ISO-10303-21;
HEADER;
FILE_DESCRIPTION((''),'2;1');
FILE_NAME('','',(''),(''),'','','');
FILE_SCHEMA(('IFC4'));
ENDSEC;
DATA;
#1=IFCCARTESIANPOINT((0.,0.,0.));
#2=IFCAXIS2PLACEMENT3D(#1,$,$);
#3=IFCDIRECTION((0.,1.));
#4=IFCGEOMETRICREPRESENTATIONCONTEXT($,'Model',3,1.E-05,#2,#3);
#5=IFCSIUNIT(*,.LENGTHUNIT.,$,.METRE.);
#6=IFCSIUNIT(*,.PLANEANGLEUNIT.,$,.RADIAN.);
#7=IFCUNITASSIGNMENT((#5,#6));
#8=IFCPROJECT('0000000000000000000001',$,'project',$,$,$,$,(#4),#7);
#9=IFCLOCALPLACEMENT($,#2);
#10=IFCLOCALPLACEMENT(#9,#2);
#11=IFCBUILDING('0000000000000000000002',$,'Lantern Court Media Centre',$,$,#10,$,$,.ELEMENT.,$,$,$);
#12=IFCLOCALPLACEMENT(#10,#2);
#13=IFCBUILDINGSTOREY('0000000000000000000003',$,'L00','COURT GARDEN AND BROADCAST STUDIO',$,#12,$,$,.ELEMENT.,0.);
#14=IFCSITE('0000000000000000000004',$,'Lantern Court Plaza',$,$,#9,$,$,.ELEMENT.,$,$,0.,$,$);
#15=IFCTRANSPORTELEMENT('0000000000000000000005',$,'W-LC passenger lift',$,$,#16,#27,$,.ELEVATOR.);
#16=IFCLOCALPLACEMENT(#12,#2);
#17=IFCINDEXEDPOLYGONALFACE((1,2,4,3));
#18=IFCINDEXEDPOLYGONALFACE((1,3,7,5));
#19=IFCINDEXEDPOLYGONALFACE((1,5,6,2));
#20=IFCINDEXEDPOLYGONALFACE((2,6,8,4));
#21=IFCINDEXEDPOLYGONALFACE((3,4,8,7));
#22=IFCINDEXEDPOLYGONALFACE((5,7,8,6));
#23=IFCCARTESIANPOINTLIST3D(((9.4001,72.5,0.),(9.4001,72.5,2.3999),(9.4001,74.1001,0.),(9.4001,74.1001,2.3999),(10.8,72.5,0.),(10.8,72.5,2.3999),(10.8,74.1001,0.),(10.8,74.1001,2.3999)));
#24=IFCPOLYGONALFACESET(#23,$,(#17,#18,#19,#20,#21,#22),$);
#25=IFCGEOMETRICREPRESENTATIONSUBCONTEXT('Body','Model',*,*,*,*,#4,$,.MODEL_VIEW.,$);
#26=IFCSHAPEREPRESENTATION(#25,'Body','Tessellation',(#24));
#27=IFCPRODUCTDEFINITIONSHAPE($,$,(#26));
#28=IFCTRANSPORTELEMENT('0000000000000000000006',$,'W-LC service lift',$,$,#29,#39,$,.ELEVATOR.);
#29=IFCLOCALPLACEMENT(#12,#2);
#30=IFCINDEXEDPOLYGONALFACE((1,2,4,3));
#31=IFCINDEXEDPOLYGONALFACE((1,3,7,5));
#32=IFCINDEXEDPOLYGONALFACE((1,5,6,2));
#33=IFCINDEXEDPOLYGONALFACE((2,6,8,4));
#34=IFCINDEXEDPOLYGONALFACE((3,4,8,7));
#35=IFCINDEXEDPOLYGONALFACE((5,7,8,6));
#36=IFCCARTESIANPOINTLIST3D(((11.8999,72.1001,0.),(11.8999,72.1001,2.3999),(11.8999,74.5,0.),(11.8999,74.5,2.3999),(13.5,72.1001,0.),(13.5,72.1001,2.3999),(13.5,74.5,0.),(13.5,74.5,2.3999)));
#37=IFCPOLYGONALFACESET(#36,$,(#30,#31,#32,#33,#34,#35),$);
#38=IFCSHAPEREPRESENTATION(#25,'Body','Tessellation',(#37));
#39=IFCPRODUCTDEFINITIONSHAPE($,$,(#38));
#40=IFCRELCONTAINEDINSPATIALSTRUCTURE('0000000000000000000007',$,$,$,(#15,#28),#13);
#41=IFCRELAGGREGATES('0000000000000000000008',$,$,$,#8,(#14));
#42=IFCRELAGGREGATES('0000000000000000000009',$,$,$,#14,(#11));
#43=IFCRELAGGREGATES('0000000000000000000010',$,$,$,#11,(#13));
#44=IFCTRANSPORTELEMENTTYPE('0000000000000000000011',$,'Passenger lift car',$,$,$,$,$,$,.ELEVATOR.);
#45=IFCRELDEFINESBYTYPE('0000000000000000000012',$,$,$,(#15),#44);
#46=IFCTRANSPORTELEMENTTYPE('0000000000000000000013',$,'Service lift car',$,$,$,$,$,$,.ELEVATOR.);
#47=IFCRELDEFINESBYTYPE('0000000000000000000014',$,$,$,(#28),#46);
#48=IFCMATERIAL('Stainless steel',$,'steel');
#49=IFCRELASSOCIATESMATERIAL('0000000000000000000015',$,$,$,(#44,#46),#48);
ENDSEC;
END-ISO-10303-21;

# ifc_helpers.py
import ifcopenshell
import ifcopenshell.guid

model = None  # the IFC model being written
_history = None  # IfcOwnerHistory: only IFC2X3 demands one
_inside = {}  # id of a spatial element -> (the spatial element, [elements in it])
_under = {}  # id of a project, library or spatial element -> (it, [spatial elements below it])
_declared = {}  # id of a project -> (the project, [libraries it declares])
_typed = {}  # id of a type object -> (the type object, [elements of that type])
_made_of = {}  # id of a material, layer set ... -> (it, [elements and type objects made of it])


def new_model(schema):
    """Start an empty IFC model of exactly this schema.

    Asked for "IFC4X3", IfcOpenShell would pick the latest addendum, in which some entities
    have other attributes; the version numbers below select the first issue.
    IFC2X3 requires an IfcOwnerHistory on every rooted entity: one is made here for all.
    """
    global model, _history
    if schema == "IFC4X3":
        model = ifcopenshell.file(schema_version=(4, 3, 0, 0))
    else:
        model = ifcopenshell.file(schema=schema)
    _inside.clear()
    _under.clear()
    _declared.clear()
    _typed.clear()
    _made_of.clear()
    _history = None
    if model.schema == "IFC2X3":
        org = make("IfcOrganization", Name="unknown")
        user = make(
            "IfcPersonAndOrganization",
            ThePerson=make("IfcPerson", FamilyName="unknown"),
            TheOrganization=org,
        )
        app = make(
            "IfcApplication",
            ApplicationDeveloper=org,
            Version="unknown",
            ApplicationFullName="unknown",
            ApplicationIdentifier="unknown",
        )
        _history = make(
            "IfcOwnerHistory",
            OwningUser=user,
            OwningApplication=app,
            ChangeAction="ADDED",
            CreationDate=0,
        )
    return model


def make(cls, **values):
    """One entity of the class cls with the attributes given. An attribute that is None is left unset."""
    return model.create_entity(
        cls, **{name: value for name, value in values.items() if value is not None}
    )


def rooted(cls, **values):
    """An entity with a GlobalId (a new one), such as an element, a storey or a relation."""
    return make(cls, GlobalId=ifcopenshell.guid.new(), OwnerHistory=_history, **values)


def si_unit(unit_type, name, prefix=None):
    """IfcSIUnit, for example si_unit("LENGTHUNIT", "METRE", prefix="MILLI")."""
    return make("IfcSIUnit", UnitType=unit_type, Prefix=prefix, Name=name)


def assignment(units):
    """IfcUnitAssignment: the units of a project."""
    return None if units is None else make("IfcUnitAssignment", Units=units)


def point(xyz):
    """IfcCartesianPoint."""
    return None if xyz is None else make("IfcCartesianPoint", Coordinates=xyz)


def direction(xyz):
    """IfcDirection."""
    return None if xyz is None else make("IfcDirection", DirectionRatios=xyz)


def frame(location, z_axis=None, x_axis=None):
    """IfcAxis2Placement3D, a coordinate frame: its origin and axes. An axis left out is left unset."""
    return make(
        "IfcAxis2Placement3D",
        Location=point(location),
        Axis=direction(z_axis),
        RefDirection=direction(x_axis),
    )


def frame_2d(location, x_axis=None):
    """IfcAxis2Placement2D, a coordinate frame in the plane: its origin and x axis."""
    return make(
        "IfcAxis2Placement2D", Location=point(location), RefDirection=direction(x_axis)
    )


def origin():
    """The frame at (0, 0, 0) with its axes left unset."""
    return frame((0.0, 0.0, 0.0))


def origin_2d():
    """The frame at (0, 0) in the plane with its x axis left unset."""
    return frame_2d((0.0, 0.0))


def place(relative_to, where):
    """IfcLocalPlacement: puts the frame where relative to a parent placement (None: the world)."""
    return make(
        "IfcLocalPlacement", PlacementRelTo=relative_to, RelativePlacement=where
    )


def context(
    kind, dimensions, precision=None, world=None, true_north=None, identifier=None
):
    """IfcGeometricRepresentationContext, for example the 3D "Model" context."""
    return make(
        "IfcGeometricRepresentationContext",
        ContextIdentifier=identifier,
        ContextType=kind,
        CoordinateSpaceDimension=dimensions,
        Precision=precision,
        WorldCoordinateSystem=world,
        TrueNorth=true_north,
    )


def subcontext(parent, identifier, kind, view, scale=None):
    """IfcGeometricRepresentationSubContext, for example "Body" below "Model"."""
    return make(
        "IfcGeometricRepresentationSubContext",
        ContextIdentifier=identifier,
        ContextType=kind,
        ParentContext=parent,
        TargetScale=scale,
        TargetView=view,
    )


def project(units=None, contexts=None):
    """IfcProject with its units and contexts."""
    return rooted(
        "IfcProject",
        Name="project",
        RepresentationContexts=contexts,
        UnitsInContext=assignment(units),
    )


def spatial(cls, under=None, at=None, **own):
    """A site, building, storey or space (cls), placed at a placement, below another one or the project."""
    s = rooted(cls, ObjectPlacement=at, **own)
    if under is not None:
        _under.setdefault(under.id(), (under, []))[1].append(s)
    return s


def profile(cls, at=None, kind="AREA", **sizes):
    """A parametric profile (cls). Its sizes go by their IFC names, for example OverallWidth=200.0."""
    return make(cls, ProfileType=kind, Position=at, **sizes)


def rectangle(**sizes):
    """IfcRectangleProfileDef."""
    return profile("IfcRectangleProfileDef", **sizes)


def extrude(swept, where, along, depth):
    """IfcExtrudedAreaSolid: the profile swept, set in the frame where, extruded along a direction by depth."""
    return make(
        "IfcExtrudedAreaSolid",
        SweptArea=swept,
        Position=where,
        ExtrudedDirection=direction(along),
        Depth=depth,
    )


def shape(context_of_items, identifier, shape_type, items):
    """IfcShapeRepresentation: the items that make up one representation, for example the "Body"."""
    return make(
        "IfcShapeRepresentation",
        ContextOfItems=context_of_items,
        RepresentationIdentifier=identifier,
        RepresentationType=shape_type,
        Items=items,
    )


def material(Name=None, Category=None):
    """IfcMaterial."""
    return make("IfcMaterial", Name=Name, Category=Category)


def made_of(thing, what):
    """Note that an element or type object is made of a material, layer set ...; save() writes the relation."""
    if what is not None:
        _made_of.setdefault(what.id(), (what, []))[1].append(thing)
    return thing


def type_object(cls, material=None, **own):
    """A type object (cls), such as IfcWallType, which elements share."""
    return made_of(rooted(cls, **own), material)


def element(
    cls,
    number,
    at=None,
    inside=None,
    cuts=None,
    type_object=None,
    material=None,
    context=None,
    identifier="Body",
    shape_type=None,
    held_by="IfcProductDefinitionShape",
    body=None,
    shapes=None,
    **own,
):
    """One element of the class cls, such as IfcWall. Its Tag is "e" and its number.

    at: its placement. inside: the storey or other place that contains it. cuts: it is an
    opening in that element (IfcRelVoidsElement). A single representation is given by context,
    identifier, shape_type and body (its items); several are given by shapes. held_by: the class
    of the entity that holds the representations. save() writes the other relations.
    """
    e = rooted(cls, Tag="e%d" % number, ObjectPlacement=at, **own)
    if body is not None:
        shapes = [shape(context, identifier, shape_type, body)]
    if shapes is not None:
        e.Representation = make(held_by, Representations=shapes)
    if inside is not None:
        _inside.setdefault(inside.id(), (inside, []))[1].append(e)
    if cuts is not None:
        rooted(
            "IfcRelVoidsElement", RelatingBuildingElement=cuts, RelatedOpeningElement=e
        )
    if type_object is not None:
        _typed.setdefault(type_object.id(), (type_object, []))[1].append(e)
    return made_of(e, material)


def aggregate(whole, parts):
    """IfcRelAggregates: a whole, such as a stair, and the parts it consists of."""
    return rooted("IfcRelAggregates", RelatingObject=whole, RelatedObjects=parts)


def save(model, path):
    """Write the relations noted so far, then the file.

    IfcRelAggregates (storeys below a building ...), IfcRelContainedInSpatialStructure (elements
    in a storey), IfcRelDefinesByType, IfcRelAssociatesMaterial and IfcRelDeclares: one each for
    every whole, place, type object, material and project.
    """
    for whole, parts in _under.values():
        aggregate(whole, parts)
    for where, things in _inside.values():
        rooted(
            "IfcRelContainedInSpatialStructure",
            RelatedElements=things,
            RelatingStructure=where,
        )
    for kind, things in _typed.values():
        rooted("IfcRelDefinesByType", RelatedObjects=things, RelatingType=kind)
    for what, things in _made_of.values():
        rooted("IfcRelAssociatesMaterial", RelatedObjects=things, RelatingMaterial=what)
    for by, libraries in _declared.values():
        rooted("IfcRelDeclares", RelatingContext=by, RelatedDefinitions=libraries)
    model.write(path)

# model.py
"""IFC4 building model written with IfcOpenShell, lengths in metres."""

from ifc_helpers import new_model, si_unit, direction, frame, origin, origin_2d, place, context, subcontext, project, spatial, rectangle, extrude, material, type_object, element, save


model = new_model("IFC4")

# Units and contexts
model_context = context("Model", 3, precision=1e-05, world=origin(), true_north=direction((0.0, 1.0)))
body_context = subcontext(model_context, "Body", "Model", "MODEL_VIEW")
ifc_project = project(units=[si_unit("LENGTHUNIT", "METRE"), si_unit("PLANEANGLEUNIT", "RADIAN")], contexts=[model_context])

# Site, building, storey
site_placement = place(None, origin())
site = spatial("IfcSite", under=ifc_project, at=site_placement, Name="Lantern Court Plaza", CompositionType="ELEMENT", RefElevation=0.0)
building_placement = place(site_placement, origin())
building = spatial("IfcBuilding", under=site, at=building_placement, Name="Lantern Court Media Centre", CompositionType="ELEMENT")
storey_placement = place(building_placement, origin())
storey = spatial("IfcBuildingStorey", under=building, at=storey_placement, Name="L00", Description="COURT GARDEN AND BROADCAST STUDIO", CompositionType="ELEMENT", Elevation=0.0)

# Transport elements
ifc_material_1 = material(Name="Stainless steel", Category="steel")
transport_element_type_1 = type_object("IfcTransportElementType", Name="Passenger lift car", PredefinedType="ELEVATOR", material=ifc_material_1)
transport_element_1_placement = place(storey_placement, frame((10.1001, 73.3, 0.0), z_axis=(0.0, 0.0, 1.0), x_axis=(1.0, 0.0, 0.0)))
element("IfcTransportElement", 1, at=transport_element_1_placement, inside=storey, type_object=transport_element_type_1, Name="W-LC passenger lift", PredefinedType="ELEVATOR", context=body_context, shape_type="SweptSolid", body=[
    extrude(rectangle(XDim=1.3999, YDim=1.6001, at=origin_2d()), origin(), (0.0, 0.0, 1.0), 2.3999),
])
transport_element_type_2 = type_object("IfcTransportElementType", Name="Service lift car", PredefinedType="ELEVATOR", material=ifc_material_1)
transport_element_2_placement = place(storey_placement, frame((12.7, 73.3, 0.0), z_axis=(0.0, 0.0, 1.0), x_axis=(1.0, 0.0, 0.0)))
element("IfcTransportElement", 2, at=transport_element_2_placement, inside=storey, type_object=transport_element_type_2, Name="W-LC service lift", PredefinedType="ELEVATOR", context=body_context, shape_type="SweptSolid", body=[
    extrude(rectangle(XDim=1.6001, YDim=2.3999, at=origin_2d()), origin(), (0.0, 0.0, 1.0), 2.3999),
])

save(model, "model.ifc")
